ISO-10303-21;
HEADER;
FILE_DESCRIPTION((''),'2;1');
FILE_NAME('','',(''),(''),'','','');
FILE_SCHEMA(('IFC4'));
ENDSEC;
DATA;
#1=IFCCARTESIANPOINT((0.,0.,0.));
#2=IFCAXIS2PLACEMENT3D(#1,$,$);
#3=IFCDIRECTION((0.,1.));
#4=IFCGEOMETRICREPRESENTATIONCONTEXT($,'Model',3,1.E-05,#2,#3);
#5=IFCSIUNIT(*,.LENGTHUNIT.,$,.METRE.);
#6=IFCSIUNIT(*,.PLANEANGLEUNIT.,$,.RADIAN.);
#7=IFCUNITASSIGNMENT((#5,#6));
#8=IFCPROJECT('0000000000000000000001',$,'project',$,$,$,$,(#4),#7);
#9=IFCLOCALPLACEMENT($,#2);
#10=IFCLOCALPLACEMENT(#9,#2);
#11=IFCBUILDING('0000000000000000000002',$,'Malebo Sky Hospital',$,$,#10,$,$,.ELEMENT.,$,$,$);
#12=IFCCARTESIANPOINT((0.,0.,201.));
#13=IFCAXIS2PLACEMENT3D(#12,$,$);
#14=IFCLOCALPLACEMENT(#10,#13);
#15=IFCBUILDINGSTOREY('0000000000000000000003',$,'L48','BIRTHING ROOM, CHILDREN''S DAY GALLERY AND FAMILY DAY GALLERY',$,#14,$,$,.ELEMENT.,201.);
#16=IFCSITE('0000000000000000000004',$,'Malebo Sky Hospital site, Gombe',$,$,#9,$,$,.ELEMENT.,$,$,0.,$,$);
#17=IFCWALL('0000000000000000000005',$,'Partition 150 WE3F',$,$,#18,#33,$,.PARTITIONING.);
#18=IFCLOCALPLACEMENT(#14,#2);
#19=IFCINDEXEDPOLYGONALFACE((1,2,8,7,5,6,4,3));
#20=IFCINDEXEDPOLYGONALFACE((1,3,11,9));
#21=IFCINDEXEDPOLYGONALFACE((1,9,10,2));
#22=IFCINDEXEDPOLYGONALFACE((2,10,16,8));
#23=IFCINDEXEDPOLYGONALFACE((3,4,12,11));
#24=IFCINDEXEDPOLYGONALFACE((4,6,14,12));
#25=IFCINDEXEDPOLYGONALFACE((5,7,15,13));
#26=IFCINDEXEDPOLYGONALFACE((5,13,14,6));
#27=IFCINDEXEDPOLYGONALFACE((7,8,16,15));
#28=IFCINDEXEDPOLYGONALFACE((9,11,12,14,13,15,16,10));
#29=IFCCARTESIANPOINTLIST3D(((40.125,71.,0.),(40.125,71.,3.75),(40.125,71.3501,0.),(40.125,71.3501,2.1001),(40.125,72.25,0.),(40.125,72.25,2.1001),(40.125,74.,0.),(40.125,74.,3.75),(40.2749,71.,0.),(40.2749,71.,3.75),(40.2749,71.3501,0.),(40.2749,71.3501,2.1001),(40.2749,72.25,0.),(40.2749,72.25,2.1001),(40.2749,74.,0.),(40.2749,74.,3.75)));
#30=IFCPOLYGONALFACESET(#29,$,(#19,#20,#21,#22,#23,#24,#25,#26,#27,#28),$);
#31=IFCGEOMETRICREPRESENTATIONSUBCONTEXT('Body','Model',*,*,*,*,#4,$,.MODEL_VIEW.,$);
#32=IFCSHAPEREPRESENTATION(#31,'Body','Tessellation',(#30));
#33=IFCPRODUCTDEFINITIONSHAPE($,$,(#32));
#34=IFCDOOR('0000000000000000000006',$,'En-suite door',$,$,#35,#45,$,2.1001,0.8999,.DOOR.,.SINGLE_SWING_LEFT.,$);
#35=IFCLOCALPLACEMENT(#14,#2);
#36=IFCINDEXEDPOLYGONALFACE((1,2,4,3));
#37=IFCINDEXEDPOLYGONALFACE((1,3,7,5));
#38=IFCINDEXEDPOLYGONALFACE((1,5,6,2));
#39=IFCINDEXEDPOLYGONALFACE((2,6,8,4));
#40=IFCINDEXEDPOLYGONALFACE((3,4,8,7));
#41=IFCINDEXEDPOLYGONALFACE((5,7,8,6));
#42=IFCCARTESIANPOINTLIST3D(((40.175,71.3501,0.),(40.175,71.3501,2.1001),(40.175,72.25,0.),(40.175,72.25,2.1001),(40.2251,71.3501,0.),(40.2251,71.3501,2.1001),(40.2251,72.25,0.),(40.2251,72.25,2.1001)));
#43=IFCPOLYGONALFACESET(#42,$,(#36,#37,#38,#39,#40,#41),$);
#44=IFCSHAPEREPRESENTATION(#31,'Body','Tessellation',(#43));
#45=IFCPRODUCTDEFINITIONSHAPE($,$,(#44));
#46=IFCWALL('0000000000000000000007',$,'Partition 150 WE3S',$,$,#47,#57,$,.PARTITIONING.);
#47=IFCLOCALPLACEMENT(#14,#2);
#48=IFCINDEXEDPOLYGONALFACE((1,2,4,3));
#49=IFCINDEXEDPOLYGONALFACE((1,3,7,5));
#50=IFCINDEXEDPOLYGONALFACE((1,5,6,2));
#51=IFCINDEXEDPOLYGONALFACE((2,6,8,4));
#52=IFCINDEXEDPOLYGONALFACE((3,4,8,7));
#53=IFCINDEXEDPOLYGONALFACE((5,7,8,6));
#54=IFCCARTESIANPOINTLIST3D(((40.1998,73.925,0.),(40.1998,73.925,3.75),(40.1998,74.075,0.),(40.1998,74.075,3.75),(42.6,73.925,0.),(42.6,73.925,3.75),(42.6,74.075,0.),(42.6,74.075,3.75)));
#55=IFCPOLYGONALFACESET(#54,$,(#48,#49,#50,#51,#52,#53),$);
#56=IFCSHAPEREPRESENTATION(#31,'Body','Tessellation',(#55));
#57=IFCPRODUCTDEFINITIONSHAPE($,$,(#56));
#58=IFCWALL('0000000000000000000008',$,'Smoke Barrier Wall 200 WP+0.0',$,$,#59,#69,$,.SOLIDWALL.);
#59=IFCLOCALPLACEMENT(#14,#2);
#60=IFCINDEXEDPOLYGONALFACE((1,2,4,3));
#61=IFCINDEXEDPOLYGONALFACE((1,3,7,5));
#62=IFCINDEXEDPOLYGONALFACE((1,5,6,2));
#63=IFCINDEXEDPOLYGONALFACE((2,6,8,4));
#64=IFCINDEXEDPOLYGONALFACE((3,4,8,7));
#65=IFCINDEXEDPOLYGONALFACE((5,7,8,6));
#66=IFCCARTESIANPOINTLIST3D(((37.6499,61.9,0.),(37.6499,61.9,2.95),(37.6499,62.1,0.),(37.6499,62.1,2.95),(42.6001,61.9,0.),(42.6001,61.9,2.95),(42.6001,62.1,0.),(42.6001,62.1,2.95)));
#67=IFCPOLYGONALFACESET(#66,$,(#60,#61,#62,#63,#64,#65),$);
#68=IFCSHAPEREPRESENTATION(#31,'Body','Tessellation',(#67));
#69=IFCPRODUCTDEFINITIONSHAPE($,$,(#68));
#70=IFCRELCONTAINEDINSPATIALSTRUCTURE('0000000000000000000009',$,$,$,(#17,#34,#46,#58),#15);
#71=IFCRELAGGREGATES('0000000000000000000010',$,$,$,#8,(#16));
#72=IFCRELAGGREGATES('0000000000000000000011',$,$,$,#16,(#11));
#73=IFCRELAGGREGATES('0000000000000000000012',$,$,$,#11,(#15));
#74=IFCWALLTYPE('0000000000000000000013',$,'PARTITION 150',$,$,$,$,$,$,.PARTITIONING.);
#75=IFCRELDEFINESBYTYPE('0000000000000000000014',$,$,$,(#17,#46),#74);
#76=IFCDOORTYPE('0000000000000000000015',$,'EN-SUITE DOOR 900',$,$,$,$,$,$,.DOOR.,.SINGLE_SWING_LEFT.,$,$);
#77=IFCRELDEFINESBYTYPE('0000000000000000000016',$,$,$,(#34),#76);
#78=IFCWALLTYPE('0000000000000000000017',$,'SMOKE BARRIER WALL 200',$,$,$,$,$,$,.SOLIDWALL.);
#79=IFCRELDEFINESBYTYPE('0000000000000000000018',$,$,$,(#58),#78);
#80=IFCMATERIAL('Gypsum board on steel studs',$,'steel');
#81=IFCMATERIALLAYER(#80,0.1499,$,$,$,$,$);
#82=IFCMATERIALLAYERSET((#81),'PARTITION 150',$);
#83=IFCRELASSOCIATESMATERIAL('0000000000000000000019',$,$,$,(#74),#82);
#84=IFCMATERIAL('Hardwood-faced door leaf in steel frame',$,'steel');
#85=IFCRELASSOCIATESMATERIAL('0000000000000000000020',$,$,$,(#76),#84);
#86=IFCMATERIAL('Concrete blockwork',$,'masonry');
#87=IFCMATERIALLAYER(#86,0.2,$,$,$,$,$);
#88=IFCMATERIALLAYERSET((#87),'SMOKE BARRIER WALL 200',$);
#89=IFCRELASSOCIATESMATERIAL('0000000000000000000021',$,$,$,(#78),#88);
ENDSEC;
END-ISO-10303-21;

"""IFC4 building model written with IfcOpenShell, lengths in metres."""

from ifc_helpers import new_model, si_unit, direction, frame, frame_2d, origin, place, context, subcontext, project, spatial, rectangle, extrude, material, layer, layer_set, type_object, element, fill, save


model = new_model("IFC4")

# Units and contexts
model_context = context("Model", 3, precision=1e-05, world=origin(), true_north=direction((0.0, 1.0)))
body_context = subcontext(model_context, "Body", "Model", "MODEL_VIEW")
ifc_project = project(units=[si_unit("LENGTHUNIT", "METRE"), si_unit("PLANEANGLEUNIT", "RADIAN")], contexts=[model_context])

# Site, building, storey
site_placement = place(None, origin())
site = spatial("IfcSite", under=ifc_project, at=site_placement, Name="Malebo Sky Hospital site, Gombe", CompositionType="ELEMENT", RefElevation=0.0)
building_placement = place(site_placement, origin())
building = spatial("IfcBuilding", under=site, at=building_placement, Name="Malebo Sky Hospital", CompositionType="ELEMENT")
storey_placement = place(building_placement, frame((0.0, 0.0, 201.0)))
storey = spatial("IfcBuildingStorey", under=building, at=storey_placement, Name="L48", Description="BIRTHING ROOM, CHILDREN'S DAY GALLERY AND FAMILY DAY GALLERY", CompositionType="ELEMENT", Elevation=201.0)

# Shared definitions
ifc_material_1 = material(Name="Gypsum board on steel studs", Category="steel")
ifc_layer_1 = layer(ifc_material_1, 0.1499)
ifc_layer_set_1 = layer_set([ifc_layer_1], Name="PARTITION 150")
wall_type_1 = type_object("IfcWallType", Name="PARTITION 150", PredefinedType="PARTITIONING", material=ifc_layer_set_1)

# Shared definitions
ifc_material_2 = material(Name="Hardwood-faced door leaf in steel frame", Category="steel")
door_type = type_object("IfcDoorType", Name="EN-SUITE DOOR 900", OperationType="SINGLE_SWING_LEFT", PredefinedType="DOOR", material=ifc_material_2)

# Wall, opening, door
wall_1_placement = place(storey_placement, frame((40.2, 71.0, 0.0), z_axis=(0.0, 0.0, 1.0), x_axis=(0.0, 1.0, 0.0)))
wall_1 = element("IfcWall", 1, at=wall_1_placement, inside=storey, type_object=wall_type_1, Name="Partition 150 WE3F", PredefinedType="PARTITIONING", context=body_context, shape_type="SweptSolid", body=[
    extrude(rectangle(XDim=3.0, YDim=0.1499, at=frame_2d((1.5, 0.0))), origin(), (0.0, 0.0, 1.0), 3.75),
])
opening_1_placement = place(wall_1_placement, frame((0.3501, 0.0, 0.0)))
opening_1 = element("IfcOpeningElement", 2, at=opening_1_placement, cuts=wall_1, PredefinedType="OPENING", context=body_context, shape_type="SweptSolid", body=[
    extrude(rectangle(XDim=0.8999, YDim=2.1001, at=frame_2d((0.45, 1.05))), frame((0.0, 0.085, 0.0), z_axis=(0.0, -1.0, 0.0), x_axis=(1.0, 0.0, 0.0)), (0.0, 0.0, 1.0), 0.1699),
])
door_1_placement = place(opening_1_placement, origin())
door_1 = element("IfcDoor", 3, at=door_1_placement, inside=storey, type_object=door_type, Name="En-suite door", OperationType="SINGLE_SWING_LEFT", OverallHeight=2.1001, OverallWidth=0.8999, PredefinedType="DOOR", context=body_context, shape_type="SweptSolid", body=[
    extrude(rectangle(XDim=0.8999, YDim=2.1001, at=frame_2d((0.45, 1.05))), frame((0.0, 0.0249, 0.0), z_axis=(0.0, -1.0, 0.0), x_axis=(1.0, 0.0, 0.0)), (0.0, 0.0, 1.0), 0.05),
])
fill(opening_1, door_1)

# Walls
wall_2_placement = place(storey_placement, frame((42.6001, 74.0, 0.0), z_axis=(0.0, 0.0, 1.0), x_axis=(-1.0, 0.0, 0.0)))
element("IfcWall", 4, at=wall_2_placement, inside=storey, type_object=wall_type_1, Name="Partition 150 WE3S", PredefinedType="PARTITIONING", context=body_context, shape_type="SweptSolid", body=[
    extrude(rectangle(XDim=2.4001, YDim=0.1499, at=frame_2d((1.2002, 0.0))), origin(), (0.0, 0.0, 1.0), 3.75),
])
ifc_material_3 = material(Name="Concrete blockwork", Category="masonry")
ifc_layer_2 = layer(ifc_material_3, 0.2)
ifc_layer_set_2 = layer_set([ifc_layer_2], Name="SMOKE BARRIER WALL 200")
wall_type_2 = type_object("IfcWallType", Name="SMOKE BARRIER WALL 200", PredefinedType="SOLIDWALL", material=ifc_layer_set_2)
wall_3_placement = place(storey_placement, frame((42.6001, 62.0, 0.0), z_axis=(0.0, 0.0, 1.0), x_axis=(-1.0, 0.0, 0.0)))
element("IfcWall", 5, at=wall_3_placement, inside=storey, type_object=wall_type_2, Name="Smoke Barrier Wall 200 WP+0.0", PredefinedType="SOLIDWALL", context=body_context, shape_type="SweptSolid", body=[
    extrude(rectangle(XDim=4.9502, YDim=0.2, at=frame_2d((2.4751, 0.0))), origin(), (0.0, 0.0, 1.0), 2.95),
])

save(model, "model.ifc")
